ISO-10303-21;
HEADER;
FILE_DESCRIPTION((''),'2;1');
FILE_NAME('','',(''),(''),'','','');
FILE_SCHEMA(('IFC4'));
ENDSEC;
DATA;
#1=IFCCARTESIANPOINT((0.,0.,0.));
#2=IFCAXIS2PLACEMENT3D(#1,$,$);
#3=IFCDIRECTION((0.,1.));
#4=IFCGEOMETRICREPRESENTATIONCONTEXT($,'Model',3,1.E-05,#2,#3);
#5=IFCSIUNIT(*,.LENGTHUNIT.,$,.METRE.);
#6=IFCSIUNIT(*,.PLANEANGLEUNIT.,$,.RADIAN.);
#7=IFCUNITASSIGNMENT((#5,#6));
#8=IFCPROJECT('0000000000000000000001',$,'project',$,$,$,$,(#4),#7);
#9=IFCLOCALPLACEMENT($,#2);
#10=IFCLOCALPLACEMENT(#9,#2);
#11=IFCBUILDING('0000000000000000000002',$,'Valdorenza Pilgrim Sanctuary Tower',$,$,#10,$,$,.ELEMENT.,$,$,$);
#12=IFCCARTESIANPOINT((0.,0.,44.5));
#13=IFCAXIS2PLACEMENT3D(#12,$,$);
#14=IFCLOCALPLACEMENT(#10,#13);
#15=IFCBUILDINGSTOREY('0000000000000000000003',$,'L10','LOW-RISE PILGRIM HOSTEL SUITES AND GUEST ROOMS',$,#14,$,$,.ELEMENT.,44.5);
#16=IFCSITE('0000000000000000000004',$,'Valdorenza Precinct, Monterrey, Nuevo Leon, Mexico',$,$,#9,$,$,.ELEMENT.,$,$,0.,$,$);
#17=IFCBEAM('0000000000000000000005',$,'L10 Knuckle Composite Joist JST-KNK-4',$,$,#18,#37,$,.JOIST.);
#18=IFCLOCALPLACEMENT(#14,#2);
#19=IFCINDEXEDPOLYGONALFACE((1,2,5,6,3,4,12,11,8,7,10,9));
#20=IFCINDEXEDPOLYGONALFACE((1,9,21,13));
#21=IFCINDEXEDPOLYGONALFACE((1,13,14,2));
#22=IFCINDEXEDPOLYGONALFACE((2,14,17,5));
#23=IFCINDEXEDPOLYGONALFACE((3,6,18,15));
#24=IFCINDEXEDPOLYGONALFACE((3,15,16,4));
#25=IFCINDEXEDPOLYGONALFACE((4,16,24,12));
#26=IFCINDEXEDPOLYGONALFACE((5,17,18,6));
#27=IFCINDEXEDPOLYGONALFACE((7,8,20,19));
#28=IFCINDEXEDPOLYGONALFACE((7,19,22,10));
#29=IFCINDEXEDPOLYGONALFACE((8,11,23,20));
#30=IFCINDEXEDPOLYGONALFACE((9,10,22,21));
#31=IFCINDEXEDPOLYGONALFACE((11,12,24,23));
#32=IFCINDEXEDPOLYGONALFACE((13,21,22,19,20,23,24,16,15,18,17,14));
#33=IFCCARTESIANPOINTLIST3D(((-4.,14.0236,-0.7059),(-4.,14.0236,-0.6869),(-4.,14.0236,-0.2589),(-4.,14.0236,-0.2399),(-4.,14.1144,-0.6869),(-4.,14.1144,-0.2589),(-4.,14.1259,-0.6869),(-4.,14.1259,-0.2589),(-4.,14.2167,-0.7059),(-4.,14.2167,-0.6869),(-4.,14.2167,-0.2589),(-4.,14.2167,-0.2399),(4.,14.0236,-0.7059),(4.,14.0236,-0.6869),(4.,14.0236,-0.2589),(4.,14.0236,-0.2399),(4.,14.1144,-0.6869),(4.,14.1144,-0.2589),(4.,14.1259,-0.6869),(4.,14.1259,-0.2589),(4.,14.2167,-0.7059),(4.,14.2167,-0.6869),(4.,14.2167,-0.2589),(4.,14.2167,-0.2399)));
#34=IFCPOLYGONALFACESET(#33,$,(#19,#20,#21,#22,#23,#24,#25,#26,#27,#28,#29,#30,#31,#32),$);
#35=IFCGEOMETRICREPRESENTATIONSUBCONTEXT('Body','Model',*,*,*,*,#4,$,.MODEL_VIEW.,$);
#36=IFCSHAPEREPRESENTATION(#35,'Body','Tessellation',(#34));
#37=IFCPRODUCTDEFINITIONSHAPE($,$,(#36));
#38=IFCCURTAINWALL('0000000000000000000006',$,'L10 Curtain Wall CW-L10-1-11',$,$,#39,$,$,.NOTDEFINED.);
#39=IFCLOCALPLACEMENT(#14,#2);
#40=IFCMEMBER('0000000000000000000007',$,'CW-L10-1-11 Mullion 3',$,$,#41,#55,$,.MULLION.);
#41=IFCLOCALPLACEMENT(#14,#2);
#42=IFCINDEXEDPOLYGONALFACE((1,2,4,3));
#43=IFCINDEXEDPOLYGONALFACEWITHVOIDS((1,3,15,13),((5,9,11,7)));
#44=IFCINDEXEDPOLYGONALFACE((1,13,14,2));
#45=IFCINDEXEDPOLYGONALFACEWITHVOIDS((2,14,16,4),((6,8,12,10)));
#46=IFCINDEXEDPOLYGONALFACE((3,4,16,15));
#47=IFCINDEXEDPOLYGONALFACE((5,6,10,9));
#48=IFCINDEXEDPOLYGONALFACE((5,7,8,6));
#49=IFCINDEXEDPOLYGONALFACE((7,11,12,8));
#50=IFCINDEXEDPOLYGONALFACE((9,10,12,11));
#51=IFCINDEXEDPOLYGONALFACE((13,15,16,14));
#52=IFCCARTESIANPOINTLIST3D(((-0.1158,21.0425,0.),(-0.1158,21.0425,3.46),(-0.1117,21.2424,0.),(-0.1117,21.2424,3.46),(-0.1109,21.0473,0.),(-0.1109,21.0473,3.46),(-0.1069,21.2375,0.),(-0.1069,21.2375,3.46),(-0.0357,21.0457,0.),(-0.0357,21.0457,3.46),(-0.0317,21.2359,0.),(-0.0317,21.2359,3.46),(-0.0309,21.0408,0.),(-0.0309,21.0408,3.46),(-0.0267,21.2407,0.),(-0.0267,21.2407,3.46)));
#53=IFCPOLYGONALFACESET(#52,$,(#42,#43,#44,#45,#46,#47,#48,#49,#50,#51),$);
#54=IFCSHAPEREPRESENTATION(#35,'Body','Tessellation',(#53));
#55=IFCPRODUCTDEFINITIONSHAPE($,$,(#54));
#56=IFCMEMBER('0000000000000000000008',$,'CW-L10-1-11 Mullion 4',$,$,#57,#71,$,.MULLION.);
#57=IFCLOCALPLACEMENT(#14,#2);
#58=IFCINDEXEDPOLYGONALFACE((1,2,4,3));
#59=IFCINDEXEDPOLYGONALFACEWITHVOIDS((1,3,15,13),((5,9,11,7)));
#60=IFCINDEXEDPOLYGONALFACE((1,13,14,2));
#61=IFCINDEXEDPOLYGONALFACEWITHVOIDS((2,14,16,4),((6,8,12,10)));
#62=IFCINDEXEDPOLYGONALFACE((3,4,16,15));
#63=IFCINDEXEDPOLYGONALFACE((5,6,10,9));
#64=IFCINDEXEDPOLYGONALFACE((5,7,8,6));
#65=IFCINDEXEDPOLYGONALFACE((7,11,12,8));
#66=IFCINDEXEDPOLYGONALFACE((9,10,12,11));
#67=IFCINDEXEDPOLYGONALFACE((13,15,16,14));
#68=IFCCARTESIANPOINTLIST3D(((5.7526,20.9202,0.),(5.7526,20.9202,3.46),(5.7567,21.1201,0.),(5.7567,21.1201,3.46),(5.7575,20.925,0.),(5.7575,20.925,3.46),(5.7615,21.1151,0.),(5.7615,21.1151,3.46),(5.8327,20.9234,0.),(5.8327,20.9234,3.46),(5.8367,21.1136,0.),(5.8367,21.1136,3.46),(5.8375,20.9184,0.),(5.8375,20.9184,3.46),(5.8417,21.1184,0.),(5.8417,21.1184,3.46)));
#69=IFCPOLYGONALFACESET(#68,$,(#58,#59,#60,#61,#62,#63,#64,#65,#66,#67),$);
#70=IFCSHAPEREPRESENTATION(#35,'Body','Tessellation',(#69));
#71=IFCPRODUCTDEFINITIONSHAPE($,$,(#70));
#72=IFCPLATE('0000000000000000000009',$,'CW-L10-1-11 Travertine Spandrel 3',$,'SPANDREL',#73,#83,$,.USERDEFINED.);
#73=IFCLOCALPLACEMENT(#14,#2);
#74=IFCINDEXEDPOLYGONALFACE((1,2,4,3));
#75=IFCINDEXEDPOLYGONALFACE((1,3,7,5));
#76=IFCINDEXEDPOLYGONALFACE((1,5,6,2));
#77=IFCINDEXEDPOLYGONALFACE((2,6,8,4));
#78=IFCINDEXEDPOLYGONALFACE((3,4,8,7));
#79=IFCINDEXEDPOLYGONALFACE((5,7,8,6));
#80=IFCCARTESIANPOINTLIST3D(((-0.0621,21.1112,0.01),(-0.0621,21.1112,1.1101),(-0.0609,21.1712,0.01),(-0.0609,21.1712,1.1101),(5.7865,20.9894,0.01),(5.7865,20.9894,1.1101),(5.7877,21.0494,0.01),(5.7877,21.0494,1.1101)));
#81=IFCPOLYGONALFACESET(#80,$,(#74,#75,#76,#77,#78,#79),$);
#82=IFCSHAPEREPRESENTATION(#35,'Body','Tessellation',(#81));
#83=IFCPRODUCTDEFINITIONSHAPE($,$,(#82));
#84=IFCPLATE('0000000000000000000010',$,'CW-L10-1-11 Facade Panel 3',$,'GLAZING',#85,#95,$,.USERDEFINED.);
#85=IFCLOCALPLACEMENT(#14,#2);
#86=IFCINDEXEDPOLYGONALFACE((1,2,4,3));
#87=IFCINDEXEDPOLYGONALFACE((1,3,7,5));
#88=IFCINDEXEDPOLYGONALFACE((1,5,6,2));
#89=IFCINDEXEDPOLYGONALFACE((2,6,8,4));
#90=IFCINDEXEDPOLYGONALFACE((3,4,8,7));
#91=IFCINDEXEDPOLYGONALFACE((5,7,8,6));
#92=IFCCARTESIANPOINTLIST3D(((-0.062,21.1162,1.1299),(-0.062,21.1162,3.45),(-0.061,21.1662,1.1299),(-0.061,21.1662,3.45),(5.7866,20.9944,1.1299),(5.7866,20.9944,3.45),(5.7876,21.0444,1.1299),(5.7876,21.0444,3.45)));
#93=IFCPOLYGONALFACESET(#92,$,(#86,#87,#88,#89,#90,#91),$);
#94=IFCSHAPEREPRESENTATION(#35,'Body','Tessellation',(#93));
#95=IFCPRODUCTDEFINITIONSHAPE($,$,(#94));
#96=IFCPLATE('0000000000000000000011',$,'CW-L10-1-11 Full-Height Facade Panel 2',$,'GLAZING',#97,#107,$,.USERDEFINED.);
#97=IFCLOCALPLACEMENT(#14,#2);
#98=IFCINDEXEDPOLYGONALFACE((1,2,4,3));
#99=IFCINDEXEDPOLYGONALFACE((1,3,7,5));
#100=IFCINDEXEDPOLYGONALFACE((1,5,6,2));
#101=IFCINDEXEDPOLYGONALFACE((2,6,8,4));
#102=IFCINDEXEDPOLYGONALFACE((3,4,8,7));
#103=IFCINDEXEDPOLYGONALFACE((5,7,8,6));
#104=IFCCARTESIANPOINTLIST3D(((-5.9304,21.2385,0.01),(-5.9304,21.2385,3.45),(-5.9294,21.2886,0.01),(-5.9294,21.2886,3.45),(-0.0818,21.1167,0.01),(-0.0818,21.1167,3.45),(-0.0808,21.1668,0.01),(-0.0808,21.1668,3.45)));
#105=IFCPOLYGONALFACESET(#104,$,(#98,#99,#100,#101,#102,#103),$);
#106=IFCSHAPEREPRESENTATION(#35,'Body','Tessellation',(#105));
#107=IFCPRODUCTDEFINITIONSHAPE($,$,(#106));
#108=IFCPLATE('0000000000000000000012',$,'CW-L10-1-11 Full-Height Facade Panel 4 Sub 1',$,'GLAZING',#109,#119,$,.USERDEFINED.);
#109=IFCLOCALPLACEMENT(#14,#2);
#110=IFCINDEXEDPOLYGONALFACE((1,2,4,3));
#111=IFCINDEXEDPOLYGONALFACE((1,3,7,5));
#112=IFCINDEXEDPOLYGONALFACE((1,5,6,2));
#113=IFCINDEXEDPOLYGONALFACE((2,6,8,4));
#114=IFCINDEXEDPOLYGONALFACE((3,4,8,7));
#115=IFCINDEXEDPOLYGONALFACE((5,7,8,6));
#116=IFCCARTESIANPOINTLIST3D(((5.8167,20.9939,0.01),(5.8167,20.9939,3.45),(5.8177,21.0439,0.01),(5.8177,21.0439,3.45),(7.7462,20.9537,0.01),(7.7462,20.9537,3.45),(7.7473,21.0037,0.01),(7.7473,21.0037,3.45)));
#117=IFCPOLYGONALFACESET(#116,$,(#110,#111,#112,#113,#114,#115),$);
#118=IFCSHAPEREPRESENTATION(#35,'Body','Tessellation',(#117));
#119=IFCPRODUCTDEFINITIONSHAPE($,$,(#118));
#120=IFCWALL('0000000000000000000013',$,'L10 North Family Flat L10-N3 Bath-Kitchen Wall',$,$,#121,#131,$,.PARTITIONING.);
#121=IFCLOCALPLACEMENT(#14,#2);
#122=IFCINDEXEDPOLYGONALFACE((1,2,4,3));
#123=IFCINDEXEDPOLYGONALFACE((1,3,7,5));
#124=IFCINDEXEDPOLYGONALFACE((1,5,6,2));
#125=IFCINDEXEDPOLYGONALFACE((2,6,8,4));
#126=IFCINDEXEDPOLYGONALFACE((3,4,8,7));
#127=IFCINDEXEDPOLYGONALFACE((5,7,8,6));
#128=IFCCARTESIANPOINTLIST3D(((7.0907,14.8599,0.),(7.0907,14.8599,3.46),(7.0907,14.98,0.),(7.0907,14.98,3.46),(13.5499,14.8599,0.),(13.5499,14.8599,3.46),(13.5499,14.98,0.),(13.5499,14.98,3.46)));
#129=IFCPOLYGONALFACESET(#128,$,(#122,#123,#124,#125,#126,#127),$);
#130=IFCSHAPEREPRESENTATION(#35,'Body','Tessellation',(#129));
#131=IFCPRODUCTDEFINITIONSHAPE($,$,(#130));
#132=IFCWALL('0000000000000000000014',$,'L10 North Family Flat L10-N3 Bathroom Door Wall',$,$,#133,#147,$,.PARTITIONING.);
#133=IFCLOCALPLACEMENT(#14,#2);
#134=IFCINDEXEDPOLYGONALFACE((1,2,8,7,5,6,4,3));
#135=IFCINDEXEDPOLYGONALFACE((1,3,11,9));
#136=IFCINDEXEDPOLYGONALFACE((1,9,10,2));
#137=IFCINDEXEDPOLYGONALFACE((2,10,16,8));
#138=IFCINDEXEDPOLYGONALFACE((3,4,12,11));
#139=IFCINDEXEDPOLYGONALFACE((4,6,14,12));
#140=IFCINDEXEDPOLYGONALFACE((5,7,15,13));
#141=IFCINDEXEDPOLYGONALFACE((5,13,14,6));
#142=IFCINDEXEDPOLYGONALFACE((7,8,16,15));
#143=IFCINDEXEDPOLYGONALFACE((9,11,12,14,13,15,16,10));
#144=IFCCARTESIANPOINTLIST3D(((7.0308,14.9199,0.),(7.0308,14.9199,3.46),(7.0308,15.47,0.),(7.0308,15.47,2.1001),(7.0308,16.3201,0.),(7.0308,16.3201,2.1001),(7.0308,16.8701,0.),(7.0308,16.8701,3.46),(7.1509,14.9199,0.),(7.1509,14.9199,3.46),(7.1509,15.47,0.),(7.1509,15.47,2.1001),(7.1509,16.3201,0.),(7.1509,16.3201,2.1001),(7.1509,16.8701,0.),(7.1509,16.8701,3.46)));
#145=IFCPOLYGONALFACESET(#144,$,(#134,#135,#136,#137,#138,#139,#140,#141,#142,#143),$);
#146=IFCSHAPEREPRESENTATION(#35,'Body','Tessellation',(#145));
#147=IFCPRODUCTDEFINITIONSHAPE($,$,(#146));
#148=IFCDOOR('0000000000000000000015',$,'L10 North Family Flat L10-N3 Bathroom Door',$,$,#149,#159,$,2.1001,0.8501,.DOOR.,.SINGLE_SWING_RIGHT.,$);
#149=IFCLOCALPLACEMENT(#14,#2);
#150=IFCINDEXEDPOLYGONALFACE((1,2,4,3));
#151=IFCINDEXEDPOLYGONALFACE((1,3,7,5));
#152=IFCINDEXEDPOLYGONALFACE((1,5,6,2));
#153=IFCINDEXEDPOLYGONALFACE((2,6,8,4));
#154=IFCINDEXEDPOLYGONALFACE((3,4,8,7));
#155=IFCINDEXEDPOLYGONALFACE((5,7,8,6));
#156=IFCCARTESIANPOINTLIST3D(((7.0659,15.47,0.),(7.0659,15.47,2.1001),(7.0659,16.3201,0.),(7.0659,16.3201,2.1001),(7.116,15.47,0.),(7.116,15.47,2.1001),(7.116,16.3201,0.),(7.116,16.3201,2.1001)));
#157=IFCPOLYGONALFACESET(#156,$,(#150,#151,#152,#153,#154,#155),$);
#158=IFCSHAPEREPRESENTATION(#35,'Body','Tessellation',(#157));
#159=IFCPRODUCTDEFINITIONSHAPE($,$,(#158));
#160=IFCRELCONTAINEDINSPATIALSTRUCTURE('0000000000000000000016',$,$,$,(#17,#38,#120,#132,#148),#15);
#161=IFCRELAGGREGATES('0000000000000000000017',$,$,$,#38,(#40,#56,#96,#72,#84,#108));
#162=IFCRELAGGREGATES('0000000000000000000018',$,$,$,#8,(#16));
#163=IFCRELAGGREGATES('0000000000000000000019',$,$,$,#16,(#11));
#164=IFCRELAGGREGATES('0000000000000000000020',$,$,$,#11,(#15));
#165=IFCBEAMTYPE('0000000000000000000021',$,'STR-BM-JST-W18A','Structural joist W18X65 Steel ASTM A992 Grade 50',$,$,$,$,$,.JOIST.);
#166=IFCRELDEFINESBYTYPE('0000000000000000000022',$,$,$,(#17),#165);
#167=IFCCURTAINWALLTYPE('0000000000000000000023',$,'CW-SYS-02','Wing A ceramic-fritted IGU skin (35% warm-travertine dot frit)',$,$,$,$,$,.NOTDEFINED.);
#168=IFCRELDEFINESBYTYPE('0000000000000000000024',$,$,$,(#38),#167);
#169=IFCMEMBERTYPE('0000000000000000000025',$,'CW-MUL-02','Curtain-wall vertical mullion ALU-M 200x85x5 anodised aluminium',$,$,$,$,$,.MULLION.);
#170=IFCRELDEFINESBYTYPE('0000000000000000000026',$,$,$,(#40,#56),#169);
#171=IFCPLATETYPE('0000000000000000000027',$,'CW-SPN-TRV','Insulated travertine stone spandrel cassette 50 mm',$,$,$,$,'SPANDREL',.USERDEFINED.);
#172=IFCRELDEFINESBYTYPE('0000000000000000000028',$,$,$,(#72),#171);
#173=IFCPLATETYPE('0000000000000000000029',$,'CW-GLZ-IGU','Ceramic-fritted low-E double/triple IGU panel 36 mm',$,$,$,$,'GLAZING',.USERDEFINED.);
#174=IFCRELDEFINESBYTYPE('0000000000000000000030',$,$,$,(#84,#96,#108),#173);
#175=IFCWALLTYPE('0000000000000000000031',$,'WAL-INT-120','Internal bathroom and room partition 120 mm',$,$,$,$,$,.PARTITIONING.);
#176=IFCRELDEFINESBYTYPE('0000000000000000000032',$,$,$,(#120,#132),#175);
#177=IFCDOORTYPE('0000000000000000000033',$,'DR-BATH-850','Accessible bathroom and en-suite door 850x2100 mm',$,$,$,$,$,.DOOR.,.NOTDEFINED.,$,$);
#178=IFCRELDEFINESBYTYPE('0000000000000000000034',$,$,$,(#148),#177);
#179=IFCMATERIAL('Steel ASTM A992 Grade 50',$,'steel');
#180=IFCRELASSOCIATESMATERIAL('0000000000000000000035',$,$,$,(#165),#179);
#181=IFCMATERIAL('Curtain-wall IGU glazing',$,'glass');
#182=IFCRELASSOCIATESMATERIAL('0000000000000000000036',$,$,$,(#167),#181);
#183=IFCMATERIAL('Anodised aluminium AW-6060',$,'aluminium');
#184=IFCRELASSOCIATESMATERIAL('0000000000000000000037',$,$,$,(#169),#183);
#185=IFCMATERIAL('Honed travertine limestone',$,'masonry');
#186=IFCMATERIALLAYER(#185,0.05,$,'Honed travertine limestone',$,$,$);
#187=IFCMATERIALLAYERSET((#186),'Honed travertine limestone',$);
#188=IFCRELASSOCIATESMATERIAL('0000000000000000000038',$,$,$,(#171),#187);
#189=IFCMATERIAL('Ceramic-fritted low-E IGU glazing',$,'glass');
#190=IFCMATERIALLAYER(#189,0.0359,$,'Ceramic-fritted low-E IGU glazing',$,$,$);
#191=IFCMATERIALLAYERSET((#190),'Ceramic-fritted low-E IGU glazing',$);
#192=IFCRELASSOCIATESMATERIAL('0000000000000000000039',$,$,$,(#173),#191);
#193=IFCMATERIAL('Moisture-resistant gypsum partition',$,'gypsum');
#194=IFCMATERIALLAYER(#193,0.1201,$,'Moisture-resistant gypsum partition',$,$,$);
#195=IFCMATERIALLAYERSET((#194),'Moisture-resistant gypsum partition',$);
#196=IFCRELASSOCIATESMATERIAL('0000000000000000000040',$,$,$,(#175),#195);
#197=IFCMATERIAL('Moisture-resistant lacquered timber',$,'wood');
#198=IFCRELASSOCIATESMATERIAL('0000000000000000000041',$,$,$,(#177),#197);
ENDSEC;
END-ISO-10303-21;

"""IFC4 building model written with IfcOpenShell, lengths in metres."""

from ifc_helpers import new_model, si_unit, direction, frame, frame_2d, origin, origin_2d, place, context, subcontext, project, spatial, rectangle, hollow_rectangle, i_section, extrude, source, transform, mapped, material, layer, layer_set, material_profile, profile_set, type_object, element, fill, aggregate, save


model = new_model("IFC4")

# Units and contexts
model_context = context("Model", 3, precision=1e-05, world=origin(), true_north=direction((0.0, 1.0)))
body_context = subcontext(model_context, "Body", "Model", "MODEL_VIEW")
ifc_project = project(units=[si_unit("LENGTHUNIT", "METRE"), si_unit("PLANEANGLEUNIT", "RADIAN")], contexts=[model_context])

# Site, building, storey
site_placement = place(None, origin())
site = spatial("IfcSite", under=ifc_project, at=site_placement, Name="Valdorenza Precinct, Monterrey, Nuevo Leon, Mexico", CompositionType="ELEMENT", RefElevation=0.0)
building_placement = place(site_placement, origin())
building = spatial("IfcBuilding", under=site, at=building_placement, Name="Valdorenza Pilgrim Sanctuary Tower", CompositionType="ELEMENT")
storey_placement = place(building_placement, frame((0.0, 0.0, 44.5)))
storey = spatial("IfcBuildingStorey", under=building, at=storey_placement, Name="L10", Description="LOW-RISE PILGRIM HOSTEL SUITES AND GUEST ROOMS", CompositionType="ELEMENT", Elevation=44.5)

# Shared definitions
ifc_material_1 = material(Name="Steel ASTM A992 Grade 50", Category="steel")

# Beam
ifc_material_profile_1 = material_profile(ifc_material_1, i_section(OverallWidth=0.1931, OverallDepth=0.4661, WebThickness=0.0115, FlangeThickness=0.019, at=origin_2d()), Name="W18X65")
ifc_profile_set_1 = profile_set([ifc_material_profile_1], Name="Steel ASTM A992 Grade 50")
beam_type_1 = type_object("IfcBeamType", Name="STR-BM-JST-W18A", Description="Structural joist W18X65 Steel ASTM A992 Grade 50", PredefinedType="JOIST", material=ifc_profile_set_1)
shared_shape_1 = source(origin(), body_context, "Body", "SweptSolid", [
    extrude(i_section(OverallWidth=0.1931, OverallDepth=0.4661, WebThickness=0.0115, FlangeThickness=0.019, at=origin_2d()), origin(), (0.0, 0.0, 1.0), 8.0),
])
beam_1_placement = place(storey_placement, frame((-4.0, 14.1201, -0.4729), z_axis=(1.0, 0.0, 0.0), x_axis=(0.0, 1.0, 0.0)))
element("IfcBeam", 1, at=beam_1_placement, inside=storey, type_object=beam_type_1, Name="L10 Knuckle Composite Joist JST-KNK-4", PredefinedType="JOIST", context=body_context, shape_type="MappedRepresentation", body=[
    mapped(shared_shape_1, transform((0.0, 0.0, 0.0), x_axis=(1.0, 0.0, 0.0), y_axis=(0.0, 1.0, 0.0), z_axis=(0.0, 0.0, 1.0), scale=1.0)),
])

# Curtain wall, members, plates
ifc_material_2 = material(Name="Curtain-wall IGU glazing", Category="glass")
curtain_wall_type = type_object("IfcCurtainWallType", Name="CW-SYS-02", Description="Wing A ceramic-fritted IGU skin (35% warm-travertine dot frit)", PredefinedType="NOTDEFINED", material=ifc_material_2)
curtain_wall_placement = place(storey_placement, origin())
curtain_wall = element("IfcCurtainWall", 2, at=curtain_wall_placement, inside=storey, type_object=curtain_wall_type, Name="L10 Curtain Wall CW-L10-1-11", PredefinedType="NOTDEFINED")
ifc_material_3 = material(Name="Anodised aluminium AW-6060", Category="aluminium")
ifc_material_profile_2 = material_profile(ifc_material_3, hollow_rectangle(XDim=0.085, YDim=0.2, WallThickness=0.0049, at=origin_2d()), Name="ALU-M 200x85x5")
ifc_profile_set_2 = profile_set([ifc_material_profile_2], Name="Anodised aluminium AW-6060")
member_type = type_object("IfcMemberType", Name="CW-MUL-02", Description="Curtain-wall vertical mullion ALU-M 200x85x5 anodised aluminium", PredefinedType="MULLION", material=ifc_profile_set_2)
shared_shape_2 = source(origin(), body_context, "Body", "SweptSolid", [
    extrude(hollow_rectangle(XDim=0.085, YDim=0.2, WallThickness=0.0049, at=origin_2d()), origin(), (0.0, 0.0, 1.0), 3.46),
])
member_1_placement = place(storey_placement, frame((-0.0713, 21.1416, 0.0), z_axis=(0.0, 0.0, 1.0), x_axis=(0.999783, -0.02082, 0.0)))
member_1 = element("IfcMember", 3, at=member_1_placement, type_object=member_type, Name="CW-L10-1-11 Mullion 3", PredefinedType="MULLION", context=body_context, shape_type="MappedRepresentation", body=[
    mapped(shared_shape_2, transform((0.0, 0.0, 0.0), x_axis=(1.0, 0.0, 0.0), y_axis=(0.0, 1.0, 0.0), z_axis=(0.0, 0.0, 1.0), scale=1.0)),
])
member_2_placement = place(storey_placement, frame((5.7971, 21.0193, 0.0), z_axis=(0.0, 0.0, 1.0), x_axis=(0.999783, -0.02082, 0.0)))
member_2 = element("IfcMember", 4, at=member_2_placement, type_object=member_type, Name="CW-L10-1-11 Mullion 4", PredefinedType="MULLION", context=body_context, shape_type="MappedRepresentation", body=[
    mapped(shared_shape_2, transform((0.0, 0.0, 0.0), x_axis=(1.0, 0.0, 0.0), y_axis=(0.0, 1.0, 0.0), z_axis=(0.0, 0.0, 1.0), scale=1.0)),
])
ifc_material_4 = material(Name="Honed travertine limestone", Category="masonry")
ifc_layer_1 = layer(ifc_material_4, 0.05, Name="Honed travertine limestone")
ifc_layer_set_1 = layer_set([ifc_layer_1], Name="Honed travertine limestone")
plate_type_1 = type_object("IfcPlateType", Name="CW-SPN-TRV", Description="Insulated travertine stone spandrel cassette 50 mm", ElementType="SPANDREL", PredefinedType="USERDEFINED", material=ifc_layer_set_1)
shared_shape_3 = source(origin(), body_context, "Body", "SweptSolid", [
    extrude(rectangle(XDim=5.8499, YDim=0.0601, at=origin_2d()), origin(), (0.0, 0.0, 1.0), 1.1001),
])
plate_1_placement = place(storey_placement, frame((2.8628, 21.0803, 0.01), z_axis=(0.0, 0.0, 1.0), x_axis=(0.999783, -0.02082, 0.0)))
plate_1 = element("IfcPlate", 5, at=plate_1_placement, type_object=plate_type_1, Name="CW-L10-1-11 Travertine Spandrel 3", ObjectType="SPANDREL", PredefinedType="USERDEFINED", context=body_context, shape_type="MappedRepresentation", body=[
    mapped(shared_shape_3, transform((0.0, 0.0, 0.0), x_axis=(1.0, 0.0, 0.0), y_axis=(0.0, 1.0, 0.0), z_axis=(0.0, 0.0, 1.0), scale=1.0)),
])
ifc_material_5 = material(Name="Ceramic-fritted low-E IGU glazing", Category="glass")
ifc_layer_2 = layer(ifc_material_5, 0.0359, Name="Ceramic-fritted low-E IGU glazing")
ifc_layer_set_2 = layer_set([ifc_layer_2], Name="Ceramic-fritted low-E IGU glazing")
plate_type_2 = type_object("IfcPlateType", Name="CW-GLZ-IGU", Description="Ceramic-fritted low-E double/triple IGU panel 36 mm", ElementType="GLAZING", PredefinedType="USERDEFINED", material=ifc_layer_set_2)
shared_shape_4 = source(origin(), body_context, "Body", "SweptSolid", [
    extrude(rectangle(XDim=5.8499, YDim=0.05, at=origin_2d()), origin(), (0.0, 0.0, 1.0), 2.3201),
])
plate_2_placement = place(storey_placement, frame((2.8628, 21.0803, 1.1299), z_axis=(0.0, 0.0, 1.0), x_axis=(0.999783, -0.02082, 0.0)))
plate_2 = element("IfcPlate", 6, at=plate_2_placement, type_object=plate_type_2, Name="CW-L10-1-11 Facade Panel 3", ObjectType="GLAZING", PredefinedType="USERDEFINED", context=body_context, shape_type="MappedRepresentation", body=[
    mapped(shared_shape_4, transform((0.0, 0.0, 0.0), x_axis=(1.0, 0.0, 0.0), y_axis=(0.0, 1.0, 0.0), z_axis=(0.0, 0.0, 1.0), scale=1.0)),
])
shared_shape_5 = source(origin(), body_context, "Body", "SweptSolid", [
    extrude(rectangle(XDim=5.8499, YDim=0.05, at=origin_2d()), origin(), (0.0, 0.0, 1.0), 3.4399),
])
plate_3_placement = place(storey_placement, frame((-3.0056, 21.2026, 0.01), z_axis=(0.0, 0.0, 1.0), x_axis=(0.999783, -0.02082, 0.0)))
plate_3 = element("IfcPlate", 7, at=plate_3_placement, type_object=plate_type_2, Name="CW-L10-1-11 Full-Height Facade Panel 2", ObjectType="GLAZING", PredefinedType="USERDEFINED", context=body_context, shape_type="MappedRepresentation", body=[
    mapped(shared_shape_5, transform((0.0, 0.0, 0.0), x_axis=(1.0, 0.0, 0.0), y_axis=(0.0, 1.0, 0.0), z_axis=(0.0, 0.0, 1.0), scale=1.0)),
])
shared_shape_6 = source(origin(), body_context, "Body", "SweptSolid", [
    extrude(rectangle(XDim=1.9299, YDim=0.05, at=origin_2d()), origin(), (0.0, 0.0, 1.0), 3.4399),
])
plate_4_placement = place(storey_placement, frame((6.782, 20.9988, 0.01), z_axis=(0.0, 0.0, 1.0), x_axis=(0.999783, -0.02082, 0.0)))
plate_4 = element("IfcPlate", 8, at=plate_4_placement, type_object=plate_type_2, Name="CW-L10-1-11 Full-Height Facade Panel 4 Sub 1", ObjectType="GLAZING", PredefinedType="USERDEFINED", context=body_context, shape_type="MappedRepresentation", body=[
    mapped(shared_shape_6, transform((0.0, 0.0, 0.0), x_axis=(1.0, 0.0, 0.0), y_axis=(0.0, 1.0, 0.0), z_axis=(0.0, 0.0, 1.0), scale=1.0)),
])
aggregate(curtain_wall, [member_1, member_2, plate_3, plate_1, plate_2, plate_4])

# Wall
ifc_material_6 = material(Name="Moisture-resistant gypsum partition", Category="gypsum")
ifc_layer_3 = layer(ifc_material_6, 0.1201, Name="Moisture-resistant gypsum partition")
ifc_layer_set_3 = layer_set([ifc_layer_3], Name="Moisture-resistant gypsum partition")
wall_type = type_object("IfcWallType", Name="WAL-INT-120", Description="Internal bathroom and room partition 120 mm", PredefinedType="PARTITIONING", material=ifc_layer_set_3)
wall_1_placement = place(storey_placement, frame((7.0908, 14.9199, 0.0), z_axis=(0.0, 0.0, 1.0), x_axis=(1.0, 0.0, 0.0)))
element("IfcWall", 9, at=wall_1_placement, inside=storey, type_object=wall_type, Name="L10 North Family Flat L10-N3 Bath-Kitchen Wall", PredefinedType="PARTITIONING", context=body_context, shape_type="SweptSolid", body=[
    extrude(rectangle(XDim=6.4592, YDim=0.1201, at=frame_2d((3.2295, 0.0))), origin(), (0.0, 0.0, 1.0), 3.46),
])

# Wall, opening, door
wall_2_placement = place(storey_placement, frame((7.0908, 14.9199, 0.0), z_axis=(0.0, 0.0, 1.0), x_axis=(0.0, 1.0, 0.0)))
wall_2 = element("IfcWall", 10, at=wall_2_placement, inside=storey, type_object=wall_type, Name="L10 North Family Flat L10-N3 Bathroom Door Wall", PredefinedType="PARTITIONING", context=body_context, shape_type="SweptSolid", body=[
    extrude(rectangle(XDim=1.9502, YDim=0.1201, at=frame_2d((0.9751, 0.0))), origin(), (0.0, 0.0, 1.0), 3.46),
])
opening_placement = place(wall_2_placement, frame((0.55, 0.0, 0.0)))
opening = element("IfcOpeningElement", 11, at=opening_placement, cuts=wall_2, PredefinedType="OPENING", context=body_context, shape_type="SweptSolid", body=[
    extrude(rectangle(XDim=0.8501, YDim=2.1001, at=frame_2d((0.425, 1.05))), frame((0.0, 0.075, 0.0), z_axis=(0.0, -1.0, 0.0), x_axis=(1.0, 0.0, 0.0)), (0.0, 0.0, 1.0), 0.1499),
])
ifc_material_7 = material(Name="Moisture-resistant lacquered timber", Category="wood")
door_type = type_object("IfcDoorType", Name="DR-BATH-850", Description="Accessible bathroom and en-suite door 850x2100 mm", OperationType="NOTDEFINED", PredefinedType="DOOR", material=ifc_material_7)
door_placement = place(opening_placement, origin())
door = element("IfcDoor", 12, at=door_placement, inside=storey, type_object=door_type, Name="L10 North Family Flat L10-N3 Bathroom Door", OperationType="SINGLE_SWING_RIGHT", OverallHeight=2.1001, OverallWidth=0.8501, PredefinedType="DOOR", context=body_context, shape_type="SweptSolid", body=[
    extrude(rectangle(XDim=0.8501, YDim=2.1001, at=frame_2d((0.425, 1.05))), frame((0.0, 0.0249, 0.0), z_axis=(0.0, -1.0, 0.0), x_axis=(1.0, 0.0, 0.0)), (0.0, 0.0, 1.0), 0.05),
])
fill(opening, door)

save(model, "model.ifc")
